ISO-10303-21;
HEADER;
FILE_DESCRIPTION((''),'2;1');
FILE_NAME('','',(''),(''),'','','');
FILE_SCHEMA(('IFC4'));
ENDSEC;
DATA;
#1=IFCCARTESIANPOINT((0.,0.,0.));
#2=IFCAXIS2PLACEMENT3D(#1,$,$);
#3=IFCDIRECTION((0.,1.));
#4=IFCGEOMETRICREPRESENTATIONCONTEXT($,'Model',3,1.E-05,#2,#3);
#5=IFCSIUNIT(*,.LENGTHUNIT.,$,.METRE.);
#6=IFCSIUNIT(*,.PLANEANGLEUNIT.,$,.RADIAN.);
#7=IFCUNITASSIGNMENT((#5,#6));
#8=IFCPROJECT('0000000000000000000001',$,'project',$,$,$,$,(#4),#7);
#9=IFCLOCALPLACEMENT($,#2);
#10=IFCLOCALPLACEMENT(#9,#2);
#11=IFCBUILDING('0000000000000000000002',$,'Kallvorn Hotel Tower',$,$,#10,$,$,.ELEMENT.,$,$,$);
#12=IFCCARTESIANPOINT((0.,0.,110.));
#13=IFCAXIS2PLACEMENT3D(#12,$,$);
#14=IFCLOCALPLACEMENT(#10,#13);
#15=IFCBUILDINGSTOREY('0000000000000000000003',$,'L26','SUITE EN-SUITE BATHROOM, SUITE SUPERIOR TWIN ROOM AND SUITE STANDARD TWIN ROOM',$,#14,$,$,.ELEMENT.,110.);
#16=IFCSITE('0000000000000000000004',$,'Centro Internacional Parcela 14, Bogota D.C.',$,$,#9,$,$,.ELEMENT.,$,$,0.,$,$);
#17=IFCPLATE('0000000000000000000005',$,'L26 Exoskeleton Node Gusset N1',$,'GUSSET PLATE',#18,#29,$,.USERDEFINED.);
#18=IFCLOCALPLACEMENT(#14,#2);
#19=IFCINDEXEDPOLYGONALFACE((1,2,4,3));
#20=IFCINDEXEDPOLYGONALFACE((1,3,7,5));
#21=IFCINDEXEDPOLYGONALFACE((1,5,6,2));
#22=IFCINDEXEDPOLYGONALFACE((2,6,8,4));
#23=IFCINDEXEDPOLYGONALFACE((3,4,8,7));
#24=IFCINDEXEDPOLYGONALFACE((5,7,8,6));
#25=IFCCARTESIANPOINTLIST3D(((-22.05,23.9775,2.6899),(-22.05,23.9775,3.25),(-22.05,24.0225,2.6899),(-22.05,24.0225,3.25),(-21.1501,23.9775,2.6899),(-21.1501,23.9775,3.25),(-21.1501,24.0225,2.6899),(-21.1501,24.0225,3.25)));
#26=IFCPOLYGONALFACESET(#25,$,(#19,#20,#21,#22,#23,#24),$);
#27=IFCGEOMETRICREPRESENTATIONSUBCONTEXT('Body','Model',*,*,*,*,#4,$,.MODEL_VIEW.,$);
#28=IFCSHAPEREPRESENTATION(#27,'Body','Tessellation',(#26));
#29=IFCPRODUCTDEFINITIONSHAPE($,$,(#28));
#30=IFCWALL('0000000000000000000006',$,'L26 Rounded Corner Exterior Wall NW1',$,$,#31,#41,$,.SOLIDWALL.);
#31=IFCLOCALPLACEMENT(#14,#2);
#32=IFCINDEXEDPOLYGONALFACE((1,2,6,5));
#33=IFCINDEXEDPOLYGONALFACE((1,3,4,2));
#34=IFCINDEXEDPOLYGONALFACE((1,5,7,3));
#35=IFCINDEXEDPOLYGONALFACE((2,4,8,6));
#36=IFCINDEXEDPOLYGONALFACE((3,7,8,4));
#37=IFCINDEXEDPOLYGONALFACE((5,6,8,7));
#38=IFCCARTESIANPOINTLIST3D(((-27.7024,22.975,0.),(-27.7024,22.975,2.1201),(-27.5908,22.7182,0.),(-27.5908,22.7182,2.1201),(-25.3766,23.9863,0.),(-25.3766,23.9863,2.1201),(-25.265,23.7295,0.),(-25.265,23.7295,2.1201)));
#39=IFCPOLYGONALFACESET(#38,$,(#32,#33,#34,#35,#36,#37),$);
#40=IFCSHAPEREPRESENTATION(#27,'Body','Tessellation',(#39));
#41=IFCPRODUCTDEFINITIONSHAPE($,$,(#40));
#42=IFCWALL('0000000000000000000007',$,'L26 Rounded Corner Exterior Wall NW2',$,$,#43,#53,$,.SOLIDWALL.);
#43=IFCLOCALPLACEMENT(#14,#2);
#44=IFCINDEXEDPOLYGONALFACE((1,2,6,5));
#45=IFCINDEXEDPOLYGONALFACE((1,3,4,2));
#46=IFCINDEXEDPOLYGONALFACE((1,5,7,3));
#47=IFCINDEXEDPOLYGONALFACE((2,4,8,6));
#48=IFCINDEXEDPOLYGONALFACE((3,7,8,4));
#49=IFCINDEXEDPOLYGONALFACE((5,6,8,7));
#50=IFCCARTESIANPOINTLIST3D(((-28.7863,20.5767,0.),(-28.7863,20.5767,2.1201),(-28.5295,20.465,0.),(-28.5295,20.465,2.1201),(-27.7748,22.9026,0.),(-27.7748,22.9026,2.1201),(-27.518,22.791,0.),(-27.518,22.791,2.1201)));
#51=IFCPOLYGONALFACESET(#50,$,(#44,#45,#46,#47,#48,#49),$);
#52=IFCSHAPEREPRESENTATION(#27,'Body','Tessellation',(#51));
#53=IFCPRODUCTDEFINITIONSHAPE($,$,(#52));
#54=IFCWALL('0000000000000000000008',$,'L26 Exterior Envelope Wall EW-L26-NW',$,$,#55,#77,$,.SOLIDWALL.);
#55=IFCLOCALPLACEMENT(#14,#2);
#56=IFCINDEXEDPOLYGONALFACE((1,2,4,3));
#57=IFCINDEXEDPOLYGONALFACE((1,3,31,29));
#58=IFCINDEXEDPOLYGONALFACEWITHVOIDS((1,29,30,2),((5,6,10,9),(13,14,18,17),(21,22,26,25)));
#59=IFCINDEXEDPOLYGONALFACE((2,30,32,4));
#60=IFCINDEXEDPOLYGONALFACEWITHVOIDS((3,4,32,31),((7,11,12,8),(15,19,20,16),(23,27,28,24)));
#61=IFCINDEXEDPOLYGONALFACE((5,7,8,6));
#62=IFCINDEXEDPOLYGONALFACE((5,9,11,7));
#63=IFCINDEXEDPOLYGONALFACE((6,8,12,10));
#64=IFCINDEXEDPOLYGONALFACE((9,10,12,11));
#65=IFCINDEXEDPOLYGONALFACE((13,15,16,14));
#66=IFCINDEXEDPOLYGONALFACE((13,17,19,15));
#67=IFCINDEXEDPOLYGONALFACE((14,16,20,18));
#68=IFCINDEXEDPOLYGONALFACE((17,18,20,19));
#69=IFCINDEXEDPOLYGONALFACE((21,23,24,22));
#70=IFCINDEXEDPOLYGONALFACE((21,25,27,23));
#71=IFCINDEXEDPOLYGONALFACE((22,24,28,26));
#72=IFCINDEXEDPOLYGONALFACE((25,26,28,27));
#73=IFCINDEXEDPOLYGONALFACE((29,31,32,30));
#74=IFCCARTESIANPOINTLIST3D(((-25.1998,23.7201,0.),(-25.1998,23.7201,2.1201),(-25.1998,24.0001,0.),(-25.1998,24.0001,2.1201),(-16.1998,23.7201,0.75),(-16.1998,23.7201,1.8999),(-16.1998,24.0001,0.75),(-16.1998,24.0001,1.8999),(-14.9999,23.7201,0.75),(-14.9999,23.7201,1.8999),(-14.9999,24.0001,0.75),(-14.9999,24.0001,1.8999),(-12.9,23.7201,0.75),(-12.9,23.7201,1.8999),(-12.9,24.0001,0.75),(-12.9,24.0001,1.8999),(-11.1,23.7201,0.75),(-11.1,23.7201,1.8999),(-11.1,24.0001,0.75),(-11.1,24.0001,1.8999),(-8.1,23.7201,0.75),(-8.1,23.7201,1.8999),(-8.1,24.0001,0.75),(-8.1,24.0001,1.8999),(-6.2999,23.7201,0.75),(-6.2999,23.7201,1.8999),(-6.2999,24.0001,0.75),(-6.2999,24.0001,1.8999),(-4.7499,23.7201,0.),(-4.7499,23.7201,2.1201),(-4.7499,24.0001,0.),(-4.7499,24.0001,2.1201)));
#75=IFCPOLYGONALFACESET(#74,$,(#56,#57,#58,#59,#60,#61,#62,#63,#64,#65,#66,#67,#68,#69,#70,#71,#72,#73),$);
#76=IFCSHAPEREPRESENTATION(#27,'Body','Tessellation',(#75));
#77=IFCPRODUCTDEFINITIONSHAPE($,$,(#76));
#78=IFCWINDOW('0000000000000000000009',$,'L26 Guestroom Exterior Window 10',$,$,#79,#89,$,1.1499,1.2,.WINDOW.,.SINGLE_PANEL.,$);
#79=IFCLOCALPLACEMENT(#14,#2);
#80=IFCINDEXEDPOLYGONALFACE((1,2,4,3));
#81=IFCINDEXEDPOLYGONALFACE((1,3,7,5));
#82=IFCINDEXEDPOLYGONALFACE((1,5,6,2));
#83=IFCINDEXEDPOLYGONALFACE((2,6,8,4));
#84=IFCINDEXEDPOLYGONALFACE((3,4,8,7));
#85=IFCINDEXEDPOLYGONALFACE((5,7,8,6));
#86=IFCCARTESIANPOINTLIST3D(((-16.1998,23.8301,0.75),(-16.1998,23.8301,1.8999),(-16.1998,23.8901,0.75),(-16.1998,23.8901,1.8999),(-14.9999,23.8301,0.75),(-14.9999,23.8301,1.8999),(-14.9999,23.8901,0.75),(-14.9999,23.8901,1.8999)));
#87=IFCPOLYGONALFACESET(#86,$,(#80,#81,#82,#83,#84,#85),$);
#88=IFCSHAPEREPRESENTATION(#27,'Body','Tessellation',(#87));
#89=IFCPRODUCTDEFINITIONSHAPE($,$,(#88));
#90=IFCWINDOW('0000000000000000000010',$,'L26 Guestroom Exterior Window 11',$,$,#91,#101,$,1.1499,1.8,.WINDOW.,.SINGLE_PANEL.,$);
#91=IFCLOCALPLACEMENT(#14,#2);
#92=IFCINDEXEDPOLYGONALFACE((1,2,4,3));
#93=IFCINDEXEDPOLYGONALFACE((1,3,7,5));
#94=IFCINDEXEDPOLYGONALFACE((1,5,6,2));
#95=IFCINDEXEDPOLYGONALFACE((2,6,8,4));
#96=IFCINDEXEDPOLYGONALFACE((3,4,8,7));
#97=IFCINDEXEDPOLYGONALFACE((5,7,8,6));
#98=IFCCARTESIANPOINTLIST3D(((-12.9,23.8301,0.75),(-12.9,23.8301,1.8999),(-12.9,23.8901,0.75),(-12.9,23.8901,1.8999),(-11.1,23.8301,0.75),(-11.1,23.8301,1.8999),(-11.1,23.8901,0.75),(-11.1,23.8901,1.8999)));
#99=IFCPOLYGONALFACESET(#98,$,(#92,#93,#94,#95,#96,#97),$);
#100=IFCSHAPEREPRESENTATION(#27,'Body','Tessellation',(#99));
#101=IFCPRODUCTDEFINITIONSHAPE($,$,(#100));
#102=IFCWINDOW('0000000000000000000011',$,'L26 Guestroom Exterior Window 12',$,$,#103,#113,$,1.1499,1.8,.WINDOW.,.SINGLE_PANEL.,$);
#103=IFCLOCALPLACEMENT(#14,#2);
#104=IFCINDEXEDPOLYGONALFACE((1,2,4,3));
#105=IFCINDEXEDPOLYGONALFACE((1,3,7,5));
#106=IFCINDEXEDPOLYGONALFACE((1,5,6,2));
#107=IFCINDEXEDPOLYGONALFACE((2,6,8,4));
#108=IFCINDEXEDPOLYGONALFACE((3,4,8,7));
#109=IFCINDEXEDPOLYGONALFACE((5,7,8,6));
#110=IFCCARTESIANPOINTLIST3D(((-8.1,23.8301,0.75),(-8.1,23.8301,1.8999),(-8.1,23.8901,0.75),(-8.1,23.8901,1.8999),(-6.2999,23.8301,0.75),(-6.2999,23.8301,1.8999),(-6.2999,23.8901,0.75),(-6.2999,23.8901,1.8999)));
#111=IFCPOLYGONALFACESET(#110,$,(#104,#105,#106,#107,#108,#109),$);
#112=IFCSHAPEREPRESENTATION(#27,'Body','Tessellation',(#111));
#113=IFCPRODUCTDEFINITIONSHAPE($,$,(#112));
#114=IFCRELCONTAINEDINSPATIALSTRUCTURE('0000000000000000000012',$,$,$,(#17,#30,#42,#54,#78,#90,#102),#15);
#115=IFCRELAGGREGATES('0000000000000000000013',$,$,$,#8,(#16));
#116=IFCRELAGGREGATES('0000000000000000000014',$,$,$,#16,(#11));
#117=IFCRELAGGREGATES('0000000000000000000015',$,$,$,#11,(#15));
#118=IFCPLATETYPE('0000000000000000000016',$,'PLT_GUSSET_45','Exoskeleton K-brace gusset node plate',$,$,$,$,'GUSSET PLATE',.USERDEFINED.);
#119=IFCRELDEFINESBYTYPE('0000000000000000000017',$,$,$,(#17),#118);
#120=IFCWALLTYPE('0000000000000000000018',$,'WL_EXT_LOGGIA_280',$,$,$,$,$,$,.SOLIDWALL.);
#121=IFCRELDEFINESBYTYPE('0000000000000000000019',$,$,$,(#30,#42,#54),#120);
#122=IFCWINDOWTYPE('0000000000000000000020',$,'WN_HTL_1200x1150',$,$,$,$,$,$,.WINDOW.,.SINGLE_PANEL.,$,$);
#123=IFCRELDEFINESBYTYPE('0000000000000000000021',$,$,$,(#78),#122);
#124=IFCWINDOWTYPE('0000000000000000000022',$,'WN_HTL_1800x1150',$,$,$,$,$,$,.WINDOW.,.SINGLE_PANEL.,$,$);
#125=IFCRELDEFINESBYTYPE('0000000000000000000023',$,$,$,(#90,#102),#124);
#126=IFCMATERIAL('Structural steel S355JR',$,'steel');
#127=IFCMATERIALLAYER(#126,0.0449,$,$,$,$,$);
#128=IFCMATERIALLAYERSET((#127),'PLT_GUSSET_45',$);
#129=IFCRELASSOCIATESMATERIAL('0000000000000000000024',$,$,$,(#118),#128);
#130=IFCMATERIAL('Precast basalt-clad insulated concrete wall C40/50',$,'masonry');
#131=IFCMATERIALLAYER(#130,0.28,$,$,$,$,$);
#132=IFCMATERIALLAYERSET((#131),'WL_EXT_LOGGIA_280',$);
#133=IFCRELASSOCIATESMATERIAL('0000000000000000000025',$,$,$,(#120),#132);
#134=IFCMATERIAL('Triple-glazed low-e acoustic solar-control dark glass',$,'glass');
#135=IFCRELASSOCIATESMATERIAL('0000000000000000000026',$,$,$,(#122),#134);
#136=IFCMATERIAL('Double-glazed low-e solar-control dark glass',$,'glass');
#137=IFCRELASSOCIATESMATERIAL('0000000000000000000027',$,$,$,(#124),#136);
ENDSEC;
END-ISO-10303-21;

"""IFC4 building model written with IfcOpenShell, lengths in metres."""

from ifc_helpers import new_model, si_unit, direction, frame, frame_2d, origin, origin_2d, place, context, subcontext, project, spatial, rectangle, extrude, material, layer, layer_set, type_object, element, fill, save


model = new_model("IFC4")

# Units and contexts
model_context = context("Model", 3, precision=1e-05, world=origin(), true_north=direction((0.0, 1.0)))
body_context = subcontext(model_context, "Body", "Model", "MODEL_VIEW")
ifc_project = project(units=[si_unit("LENGTHUNIT", "METRE"), si_unit("PLANEANGLEUNIT", "RADIAN")], contexts=[model_context])

# Site, building, storey
site_placement = place(None, origin())
site = spatial("IfcSite", under=ifc_project, at=site_placement, Name="Centro Internacional Parcela 14, Bogota D.C.", CompositionType="ELEMENT", RefElevation=0.0)
building_placement = place(site_placement, origin())
building = spatial("IfcBuilding", under=site, at=building_placement, Name="Kallvorn Hotel Tower", CompositionType="ELEMENT")
storey_placement = place(building_placement, frame((0.0, 0.0, 110.0)))
storey = spatial("IfcBuildingStorey", under=building, at=storey_placement, Name="L26", Description="SUITE EN-SUITE BATHROOM, SUITE SUPERIOR TWIN ROOM AND SUITE STANDARD TWIN ROOM", CompositionType="ELEMENT", Elevation=110.0)

# Plate
ifc_material_1 = material(Name="Structural steel S355JR", Category="steel")
ifc_layer_1 = layer(ifc_material_1, 0.0449)
ifc_layer_set_1 = layer_set([ifc_layer_1], Name="PLT_GUSSET_45")
plate_type_1 = type_object("IfcPlateType", Name="PLT_GUSSET_45", Description="Exoskeleton K-brace gusset node plate", ElementType="GUSSET PLATE", PredefinedType="USERDEFINED", material=ifc_layer_set_1)
plate_1_placement = place(storey_placement, frame((-21.6001, 24.0, 2.6899), z_axis=(0.0, 0.0, 1.0), x_axis=(1.0, 0.0, 0.0)))
element("IfcPlate", 1, at=plate_1_placement, inside=storey, type_object=plate_type_1, Name="L26 Exoskeleton Node Gusset N1", ObjectType="GUSSET PLATE", PredefinedType="USERDEFINED", context=body_context, shape_type="SweptSolid", body=[
    extrude(rectangle(XDim=0.8999, YDim=0.0449, at=origin_2d()), origin(), (0.0, 0.0, 1.0), 0.5601),
])

# Walls
ifc_material_2 = material(Name="Precast basalt-clad insulated concrete wall C40/50", Category="masonry")
ifc_layer_2 = layer(ifc_material_2, 0.28)
ifc_layer_set_2 = layer_set([ifc_layer_2], Name="WL_EXT_LOGGIA_280")
wall_type = type_object("IfcWallType", Name="WL_EXT_LOGGIA_280", PredefinedType="SOLIDWALL", material=ifc_layer_set_2)
wall_1_placement = place(storey_placement, frame((-25.3208, 23.8579, 0.0), z_axis=(0.0, 0.0, 1.0), x_axis=(-0.917061, -0.398747, 0.0)))
element("IfcWall", 2, at=wall_1_placement, inside=storey, type_object=wall_type, Name="L26 Rounded Corner Exterior Wall NW1", PredefinedType="SOLIDWALL", context=body_context, shape_type="SweptSolid", body=[
    extrude(rectangle(XDim=2.5361, YDim=0.28, at=frame_2d((1.2681, 0.0))), origin(), (0.0, 0.0, 1.0), 2.1201),
])
wall_2_placement = place(storey_placement, frame((-27.6465, 22.8467, 0.0), z_axis=(0.0, 0.0, 1.0), x_axis=(-0.398793, -0.917041, 0.0)))
element("IfcWall", 3, at=wall_2_placement, inside=storey, type_object=wall_type, Name="L26 Rounded Corner Exterior Wall NW2", PredefinedType="SOLIDWALL", context=body_context, shape_type="SweptSolid", body=[
    extrude(rectangle(XDim=2.5364, YDim=0.28, at=frame_2d((1.2681, 0.0))), origin(), (0.0, 0.0, 1.0), 2.1201),
])

# Wall, openings, windows
wall_3_placement = place(storey_placement, frame((-25.2, 23.8601, 0.0), z_axis=(0.0, 0.0, 1.0), x_axis=(1.0, 0.0, 0.0)))
wall_3 = element("IfcWall", 4, at=wall_3_placement, inside=storey, type_object=wall_type, Name="L26 Exterior Envelope Wall EW-L26-NW", PredefinedType="SOLIDWALL", context=body_context, shape_type="SweptSolid", body=[
    extrude(rectangle(XDim=20.45, YDim=0.28, at=frame_2d((10.2251, 0.0))), origin(), (0.0, 0.0, 1.0), 2.1201),
])
opening_1_placement = place(wall_3_placement, frame((9.0, 0.0, 0.75)))
opening_1 = element("IfcOpeningElement", 5, at=opening_1_placement, cuts=wall_3, PredefinedType="OPENING", context=body_context, shape_type="SweptSolid", body=[
    extrude(rectangle(XDim=1.2, YDim=1.1499, at=frame_2d((0.6001, 0.575))), frame((0.0, 0.155, 0.0), z_axis=(0.0, -1.0, 0.0), x_axis=(1.0, 0.0, 0.0)), (0.0, 0.0, 1.0), 0.3101),
])
opening_2_placement = place(wall_3_placement, frame((12.3, 0.0, 0.75)))
opening_2 = element("IfcOpeningElement", 6, at=opening_2_placement, cuts=wall_3, PredefinedType="OPENING", context=body_context, shape_type="SweptSolid", body=[
    extrude(rectangle(XDim=1.8, YDim=1.1499, at=frame_2d((0.8999, 0.575))), frame((0.0, 0.155, 0.0), z_axis=(0.0, -1.0, 0.0), x_axis=(1.0, 0.0, 0.0)), (0.0, 0.0, 1.0), 0.3101),
])
opening_3_placement = place(wall_3_placement, frame((17.1001, 0.0, 0.75)))
opening_3 = element("IfcOpeningElement", 7, at=opening_3_placement, cuts=wall_3, PredefinedType="OPENING", context=body_context, shape_type="SweptSolid", body=[
    extrude(rectangle(XDim=1.8, YDim=1.1499, at=frame_2d((0.8999, 0.575))), frame((0.0, 0.155, 0.0), z_axis=(0.0, -1.0, 0.0), x_axis=(1.0, 0.0, 0.0)), (0.0, 0.0, 1.0), 0.3101),
])
ifc_material_3 = material(Name="Triple-glazed low-e acoustic solar-control dark glass", Category="glass")
window_type_1 = type_object("IfcWindowType", Name="WN_HTL_1200x1150", PartitioningType="SINGLE_PANEL", PredefinedType="WINDOW", material=ifc_material_3)
window_1_placement = place(opening_1_placement, origin())
window_1 = element("IfcWindow", 8, at=window_1_placement, inside=storey, type_object=window_type_1, Name="L26 Guestroom Exterior Window 10", OverallHeight=1.1499, OverallWidth=1.2, PartitioningType="SINGLE_PANEL", PredefinedType="WINDOW", context=body_context, shape_type="SweptSolid", body=[
    extrude(rectangle(XDim=1.2, YDim=1.1499, at=frame_2d((0.6001, 0.575))), frame((0.0, 0.03, 0.0), z_axis=(0.0, -1.0, 0.0), x_axis=(1.0, 0.0, 0.0)), (0.0, 0.0, 1.0), 0.0601),
])
fill(opening_1, window_1)
ifc_material_4 = material(Name="Double-glazed low-e solar-control dark glass", Category="glass")
window_type_2 = type_object("IfcWindowType", Name="WN_HTL_1800x1150", PartitioningType="SINGLE_PANEL", PredefinedType="WINDOW", material=ifc_material_4)
window_2_placement = place(opening_2_placement, origin())
window_2 = element("IfcWindow", 9, at=window_2_placement, inside=storey, type_object=window_type_2, Name="L26 Guestroom Exterior Window 11", OverallHeight=1.1499, OverallWidth=1.8, PartitioningType="SINGLE_PANEL", PredefinedType="WINDOW", context=body_context, shape_type="SweptSolid", body=[
    extrude(rectangle(XDim=1.8, YDim=1.1499, at=frame_2d((0.8999, 0.575))), frame((0.0, 0.03, 0.0), z_axis=(0.0, -1.0, 0.0), x_axis=(1.0, 0.0, 0.0)), (0.0, 0.0, 1.0), 0.0601),
])
fill(opening_2, window_2)
window_3_placement = place(opening_3_placement, origin())
window_3 = element("IfcWindow", 10, at=window_3_placement, inside=storey, type_object=window_type_2, Name="L26 Guestroom Exterior Window 12", OverallHeight=1.1499, OverallWidth=1.8, PartitioningType="SINGLE_PANEL", PredefinedType="WINDOW", context=body_context, shape_type="SweptSolid", body=[
    extrude(rectangle(XDim=1.8, YDim=1.1499, at=frame_2d((0.8999, 0.575))), frame((0.0, 0.03, 0.0), z_axis=(0.0, -1.0, 0.0), x_axis=(1.0, 0.0, 0.0)), (0.0, 0.0, 1.0), 0.0601),
])
fill(opening_3, window_3)

save(model, "model.ifc")
